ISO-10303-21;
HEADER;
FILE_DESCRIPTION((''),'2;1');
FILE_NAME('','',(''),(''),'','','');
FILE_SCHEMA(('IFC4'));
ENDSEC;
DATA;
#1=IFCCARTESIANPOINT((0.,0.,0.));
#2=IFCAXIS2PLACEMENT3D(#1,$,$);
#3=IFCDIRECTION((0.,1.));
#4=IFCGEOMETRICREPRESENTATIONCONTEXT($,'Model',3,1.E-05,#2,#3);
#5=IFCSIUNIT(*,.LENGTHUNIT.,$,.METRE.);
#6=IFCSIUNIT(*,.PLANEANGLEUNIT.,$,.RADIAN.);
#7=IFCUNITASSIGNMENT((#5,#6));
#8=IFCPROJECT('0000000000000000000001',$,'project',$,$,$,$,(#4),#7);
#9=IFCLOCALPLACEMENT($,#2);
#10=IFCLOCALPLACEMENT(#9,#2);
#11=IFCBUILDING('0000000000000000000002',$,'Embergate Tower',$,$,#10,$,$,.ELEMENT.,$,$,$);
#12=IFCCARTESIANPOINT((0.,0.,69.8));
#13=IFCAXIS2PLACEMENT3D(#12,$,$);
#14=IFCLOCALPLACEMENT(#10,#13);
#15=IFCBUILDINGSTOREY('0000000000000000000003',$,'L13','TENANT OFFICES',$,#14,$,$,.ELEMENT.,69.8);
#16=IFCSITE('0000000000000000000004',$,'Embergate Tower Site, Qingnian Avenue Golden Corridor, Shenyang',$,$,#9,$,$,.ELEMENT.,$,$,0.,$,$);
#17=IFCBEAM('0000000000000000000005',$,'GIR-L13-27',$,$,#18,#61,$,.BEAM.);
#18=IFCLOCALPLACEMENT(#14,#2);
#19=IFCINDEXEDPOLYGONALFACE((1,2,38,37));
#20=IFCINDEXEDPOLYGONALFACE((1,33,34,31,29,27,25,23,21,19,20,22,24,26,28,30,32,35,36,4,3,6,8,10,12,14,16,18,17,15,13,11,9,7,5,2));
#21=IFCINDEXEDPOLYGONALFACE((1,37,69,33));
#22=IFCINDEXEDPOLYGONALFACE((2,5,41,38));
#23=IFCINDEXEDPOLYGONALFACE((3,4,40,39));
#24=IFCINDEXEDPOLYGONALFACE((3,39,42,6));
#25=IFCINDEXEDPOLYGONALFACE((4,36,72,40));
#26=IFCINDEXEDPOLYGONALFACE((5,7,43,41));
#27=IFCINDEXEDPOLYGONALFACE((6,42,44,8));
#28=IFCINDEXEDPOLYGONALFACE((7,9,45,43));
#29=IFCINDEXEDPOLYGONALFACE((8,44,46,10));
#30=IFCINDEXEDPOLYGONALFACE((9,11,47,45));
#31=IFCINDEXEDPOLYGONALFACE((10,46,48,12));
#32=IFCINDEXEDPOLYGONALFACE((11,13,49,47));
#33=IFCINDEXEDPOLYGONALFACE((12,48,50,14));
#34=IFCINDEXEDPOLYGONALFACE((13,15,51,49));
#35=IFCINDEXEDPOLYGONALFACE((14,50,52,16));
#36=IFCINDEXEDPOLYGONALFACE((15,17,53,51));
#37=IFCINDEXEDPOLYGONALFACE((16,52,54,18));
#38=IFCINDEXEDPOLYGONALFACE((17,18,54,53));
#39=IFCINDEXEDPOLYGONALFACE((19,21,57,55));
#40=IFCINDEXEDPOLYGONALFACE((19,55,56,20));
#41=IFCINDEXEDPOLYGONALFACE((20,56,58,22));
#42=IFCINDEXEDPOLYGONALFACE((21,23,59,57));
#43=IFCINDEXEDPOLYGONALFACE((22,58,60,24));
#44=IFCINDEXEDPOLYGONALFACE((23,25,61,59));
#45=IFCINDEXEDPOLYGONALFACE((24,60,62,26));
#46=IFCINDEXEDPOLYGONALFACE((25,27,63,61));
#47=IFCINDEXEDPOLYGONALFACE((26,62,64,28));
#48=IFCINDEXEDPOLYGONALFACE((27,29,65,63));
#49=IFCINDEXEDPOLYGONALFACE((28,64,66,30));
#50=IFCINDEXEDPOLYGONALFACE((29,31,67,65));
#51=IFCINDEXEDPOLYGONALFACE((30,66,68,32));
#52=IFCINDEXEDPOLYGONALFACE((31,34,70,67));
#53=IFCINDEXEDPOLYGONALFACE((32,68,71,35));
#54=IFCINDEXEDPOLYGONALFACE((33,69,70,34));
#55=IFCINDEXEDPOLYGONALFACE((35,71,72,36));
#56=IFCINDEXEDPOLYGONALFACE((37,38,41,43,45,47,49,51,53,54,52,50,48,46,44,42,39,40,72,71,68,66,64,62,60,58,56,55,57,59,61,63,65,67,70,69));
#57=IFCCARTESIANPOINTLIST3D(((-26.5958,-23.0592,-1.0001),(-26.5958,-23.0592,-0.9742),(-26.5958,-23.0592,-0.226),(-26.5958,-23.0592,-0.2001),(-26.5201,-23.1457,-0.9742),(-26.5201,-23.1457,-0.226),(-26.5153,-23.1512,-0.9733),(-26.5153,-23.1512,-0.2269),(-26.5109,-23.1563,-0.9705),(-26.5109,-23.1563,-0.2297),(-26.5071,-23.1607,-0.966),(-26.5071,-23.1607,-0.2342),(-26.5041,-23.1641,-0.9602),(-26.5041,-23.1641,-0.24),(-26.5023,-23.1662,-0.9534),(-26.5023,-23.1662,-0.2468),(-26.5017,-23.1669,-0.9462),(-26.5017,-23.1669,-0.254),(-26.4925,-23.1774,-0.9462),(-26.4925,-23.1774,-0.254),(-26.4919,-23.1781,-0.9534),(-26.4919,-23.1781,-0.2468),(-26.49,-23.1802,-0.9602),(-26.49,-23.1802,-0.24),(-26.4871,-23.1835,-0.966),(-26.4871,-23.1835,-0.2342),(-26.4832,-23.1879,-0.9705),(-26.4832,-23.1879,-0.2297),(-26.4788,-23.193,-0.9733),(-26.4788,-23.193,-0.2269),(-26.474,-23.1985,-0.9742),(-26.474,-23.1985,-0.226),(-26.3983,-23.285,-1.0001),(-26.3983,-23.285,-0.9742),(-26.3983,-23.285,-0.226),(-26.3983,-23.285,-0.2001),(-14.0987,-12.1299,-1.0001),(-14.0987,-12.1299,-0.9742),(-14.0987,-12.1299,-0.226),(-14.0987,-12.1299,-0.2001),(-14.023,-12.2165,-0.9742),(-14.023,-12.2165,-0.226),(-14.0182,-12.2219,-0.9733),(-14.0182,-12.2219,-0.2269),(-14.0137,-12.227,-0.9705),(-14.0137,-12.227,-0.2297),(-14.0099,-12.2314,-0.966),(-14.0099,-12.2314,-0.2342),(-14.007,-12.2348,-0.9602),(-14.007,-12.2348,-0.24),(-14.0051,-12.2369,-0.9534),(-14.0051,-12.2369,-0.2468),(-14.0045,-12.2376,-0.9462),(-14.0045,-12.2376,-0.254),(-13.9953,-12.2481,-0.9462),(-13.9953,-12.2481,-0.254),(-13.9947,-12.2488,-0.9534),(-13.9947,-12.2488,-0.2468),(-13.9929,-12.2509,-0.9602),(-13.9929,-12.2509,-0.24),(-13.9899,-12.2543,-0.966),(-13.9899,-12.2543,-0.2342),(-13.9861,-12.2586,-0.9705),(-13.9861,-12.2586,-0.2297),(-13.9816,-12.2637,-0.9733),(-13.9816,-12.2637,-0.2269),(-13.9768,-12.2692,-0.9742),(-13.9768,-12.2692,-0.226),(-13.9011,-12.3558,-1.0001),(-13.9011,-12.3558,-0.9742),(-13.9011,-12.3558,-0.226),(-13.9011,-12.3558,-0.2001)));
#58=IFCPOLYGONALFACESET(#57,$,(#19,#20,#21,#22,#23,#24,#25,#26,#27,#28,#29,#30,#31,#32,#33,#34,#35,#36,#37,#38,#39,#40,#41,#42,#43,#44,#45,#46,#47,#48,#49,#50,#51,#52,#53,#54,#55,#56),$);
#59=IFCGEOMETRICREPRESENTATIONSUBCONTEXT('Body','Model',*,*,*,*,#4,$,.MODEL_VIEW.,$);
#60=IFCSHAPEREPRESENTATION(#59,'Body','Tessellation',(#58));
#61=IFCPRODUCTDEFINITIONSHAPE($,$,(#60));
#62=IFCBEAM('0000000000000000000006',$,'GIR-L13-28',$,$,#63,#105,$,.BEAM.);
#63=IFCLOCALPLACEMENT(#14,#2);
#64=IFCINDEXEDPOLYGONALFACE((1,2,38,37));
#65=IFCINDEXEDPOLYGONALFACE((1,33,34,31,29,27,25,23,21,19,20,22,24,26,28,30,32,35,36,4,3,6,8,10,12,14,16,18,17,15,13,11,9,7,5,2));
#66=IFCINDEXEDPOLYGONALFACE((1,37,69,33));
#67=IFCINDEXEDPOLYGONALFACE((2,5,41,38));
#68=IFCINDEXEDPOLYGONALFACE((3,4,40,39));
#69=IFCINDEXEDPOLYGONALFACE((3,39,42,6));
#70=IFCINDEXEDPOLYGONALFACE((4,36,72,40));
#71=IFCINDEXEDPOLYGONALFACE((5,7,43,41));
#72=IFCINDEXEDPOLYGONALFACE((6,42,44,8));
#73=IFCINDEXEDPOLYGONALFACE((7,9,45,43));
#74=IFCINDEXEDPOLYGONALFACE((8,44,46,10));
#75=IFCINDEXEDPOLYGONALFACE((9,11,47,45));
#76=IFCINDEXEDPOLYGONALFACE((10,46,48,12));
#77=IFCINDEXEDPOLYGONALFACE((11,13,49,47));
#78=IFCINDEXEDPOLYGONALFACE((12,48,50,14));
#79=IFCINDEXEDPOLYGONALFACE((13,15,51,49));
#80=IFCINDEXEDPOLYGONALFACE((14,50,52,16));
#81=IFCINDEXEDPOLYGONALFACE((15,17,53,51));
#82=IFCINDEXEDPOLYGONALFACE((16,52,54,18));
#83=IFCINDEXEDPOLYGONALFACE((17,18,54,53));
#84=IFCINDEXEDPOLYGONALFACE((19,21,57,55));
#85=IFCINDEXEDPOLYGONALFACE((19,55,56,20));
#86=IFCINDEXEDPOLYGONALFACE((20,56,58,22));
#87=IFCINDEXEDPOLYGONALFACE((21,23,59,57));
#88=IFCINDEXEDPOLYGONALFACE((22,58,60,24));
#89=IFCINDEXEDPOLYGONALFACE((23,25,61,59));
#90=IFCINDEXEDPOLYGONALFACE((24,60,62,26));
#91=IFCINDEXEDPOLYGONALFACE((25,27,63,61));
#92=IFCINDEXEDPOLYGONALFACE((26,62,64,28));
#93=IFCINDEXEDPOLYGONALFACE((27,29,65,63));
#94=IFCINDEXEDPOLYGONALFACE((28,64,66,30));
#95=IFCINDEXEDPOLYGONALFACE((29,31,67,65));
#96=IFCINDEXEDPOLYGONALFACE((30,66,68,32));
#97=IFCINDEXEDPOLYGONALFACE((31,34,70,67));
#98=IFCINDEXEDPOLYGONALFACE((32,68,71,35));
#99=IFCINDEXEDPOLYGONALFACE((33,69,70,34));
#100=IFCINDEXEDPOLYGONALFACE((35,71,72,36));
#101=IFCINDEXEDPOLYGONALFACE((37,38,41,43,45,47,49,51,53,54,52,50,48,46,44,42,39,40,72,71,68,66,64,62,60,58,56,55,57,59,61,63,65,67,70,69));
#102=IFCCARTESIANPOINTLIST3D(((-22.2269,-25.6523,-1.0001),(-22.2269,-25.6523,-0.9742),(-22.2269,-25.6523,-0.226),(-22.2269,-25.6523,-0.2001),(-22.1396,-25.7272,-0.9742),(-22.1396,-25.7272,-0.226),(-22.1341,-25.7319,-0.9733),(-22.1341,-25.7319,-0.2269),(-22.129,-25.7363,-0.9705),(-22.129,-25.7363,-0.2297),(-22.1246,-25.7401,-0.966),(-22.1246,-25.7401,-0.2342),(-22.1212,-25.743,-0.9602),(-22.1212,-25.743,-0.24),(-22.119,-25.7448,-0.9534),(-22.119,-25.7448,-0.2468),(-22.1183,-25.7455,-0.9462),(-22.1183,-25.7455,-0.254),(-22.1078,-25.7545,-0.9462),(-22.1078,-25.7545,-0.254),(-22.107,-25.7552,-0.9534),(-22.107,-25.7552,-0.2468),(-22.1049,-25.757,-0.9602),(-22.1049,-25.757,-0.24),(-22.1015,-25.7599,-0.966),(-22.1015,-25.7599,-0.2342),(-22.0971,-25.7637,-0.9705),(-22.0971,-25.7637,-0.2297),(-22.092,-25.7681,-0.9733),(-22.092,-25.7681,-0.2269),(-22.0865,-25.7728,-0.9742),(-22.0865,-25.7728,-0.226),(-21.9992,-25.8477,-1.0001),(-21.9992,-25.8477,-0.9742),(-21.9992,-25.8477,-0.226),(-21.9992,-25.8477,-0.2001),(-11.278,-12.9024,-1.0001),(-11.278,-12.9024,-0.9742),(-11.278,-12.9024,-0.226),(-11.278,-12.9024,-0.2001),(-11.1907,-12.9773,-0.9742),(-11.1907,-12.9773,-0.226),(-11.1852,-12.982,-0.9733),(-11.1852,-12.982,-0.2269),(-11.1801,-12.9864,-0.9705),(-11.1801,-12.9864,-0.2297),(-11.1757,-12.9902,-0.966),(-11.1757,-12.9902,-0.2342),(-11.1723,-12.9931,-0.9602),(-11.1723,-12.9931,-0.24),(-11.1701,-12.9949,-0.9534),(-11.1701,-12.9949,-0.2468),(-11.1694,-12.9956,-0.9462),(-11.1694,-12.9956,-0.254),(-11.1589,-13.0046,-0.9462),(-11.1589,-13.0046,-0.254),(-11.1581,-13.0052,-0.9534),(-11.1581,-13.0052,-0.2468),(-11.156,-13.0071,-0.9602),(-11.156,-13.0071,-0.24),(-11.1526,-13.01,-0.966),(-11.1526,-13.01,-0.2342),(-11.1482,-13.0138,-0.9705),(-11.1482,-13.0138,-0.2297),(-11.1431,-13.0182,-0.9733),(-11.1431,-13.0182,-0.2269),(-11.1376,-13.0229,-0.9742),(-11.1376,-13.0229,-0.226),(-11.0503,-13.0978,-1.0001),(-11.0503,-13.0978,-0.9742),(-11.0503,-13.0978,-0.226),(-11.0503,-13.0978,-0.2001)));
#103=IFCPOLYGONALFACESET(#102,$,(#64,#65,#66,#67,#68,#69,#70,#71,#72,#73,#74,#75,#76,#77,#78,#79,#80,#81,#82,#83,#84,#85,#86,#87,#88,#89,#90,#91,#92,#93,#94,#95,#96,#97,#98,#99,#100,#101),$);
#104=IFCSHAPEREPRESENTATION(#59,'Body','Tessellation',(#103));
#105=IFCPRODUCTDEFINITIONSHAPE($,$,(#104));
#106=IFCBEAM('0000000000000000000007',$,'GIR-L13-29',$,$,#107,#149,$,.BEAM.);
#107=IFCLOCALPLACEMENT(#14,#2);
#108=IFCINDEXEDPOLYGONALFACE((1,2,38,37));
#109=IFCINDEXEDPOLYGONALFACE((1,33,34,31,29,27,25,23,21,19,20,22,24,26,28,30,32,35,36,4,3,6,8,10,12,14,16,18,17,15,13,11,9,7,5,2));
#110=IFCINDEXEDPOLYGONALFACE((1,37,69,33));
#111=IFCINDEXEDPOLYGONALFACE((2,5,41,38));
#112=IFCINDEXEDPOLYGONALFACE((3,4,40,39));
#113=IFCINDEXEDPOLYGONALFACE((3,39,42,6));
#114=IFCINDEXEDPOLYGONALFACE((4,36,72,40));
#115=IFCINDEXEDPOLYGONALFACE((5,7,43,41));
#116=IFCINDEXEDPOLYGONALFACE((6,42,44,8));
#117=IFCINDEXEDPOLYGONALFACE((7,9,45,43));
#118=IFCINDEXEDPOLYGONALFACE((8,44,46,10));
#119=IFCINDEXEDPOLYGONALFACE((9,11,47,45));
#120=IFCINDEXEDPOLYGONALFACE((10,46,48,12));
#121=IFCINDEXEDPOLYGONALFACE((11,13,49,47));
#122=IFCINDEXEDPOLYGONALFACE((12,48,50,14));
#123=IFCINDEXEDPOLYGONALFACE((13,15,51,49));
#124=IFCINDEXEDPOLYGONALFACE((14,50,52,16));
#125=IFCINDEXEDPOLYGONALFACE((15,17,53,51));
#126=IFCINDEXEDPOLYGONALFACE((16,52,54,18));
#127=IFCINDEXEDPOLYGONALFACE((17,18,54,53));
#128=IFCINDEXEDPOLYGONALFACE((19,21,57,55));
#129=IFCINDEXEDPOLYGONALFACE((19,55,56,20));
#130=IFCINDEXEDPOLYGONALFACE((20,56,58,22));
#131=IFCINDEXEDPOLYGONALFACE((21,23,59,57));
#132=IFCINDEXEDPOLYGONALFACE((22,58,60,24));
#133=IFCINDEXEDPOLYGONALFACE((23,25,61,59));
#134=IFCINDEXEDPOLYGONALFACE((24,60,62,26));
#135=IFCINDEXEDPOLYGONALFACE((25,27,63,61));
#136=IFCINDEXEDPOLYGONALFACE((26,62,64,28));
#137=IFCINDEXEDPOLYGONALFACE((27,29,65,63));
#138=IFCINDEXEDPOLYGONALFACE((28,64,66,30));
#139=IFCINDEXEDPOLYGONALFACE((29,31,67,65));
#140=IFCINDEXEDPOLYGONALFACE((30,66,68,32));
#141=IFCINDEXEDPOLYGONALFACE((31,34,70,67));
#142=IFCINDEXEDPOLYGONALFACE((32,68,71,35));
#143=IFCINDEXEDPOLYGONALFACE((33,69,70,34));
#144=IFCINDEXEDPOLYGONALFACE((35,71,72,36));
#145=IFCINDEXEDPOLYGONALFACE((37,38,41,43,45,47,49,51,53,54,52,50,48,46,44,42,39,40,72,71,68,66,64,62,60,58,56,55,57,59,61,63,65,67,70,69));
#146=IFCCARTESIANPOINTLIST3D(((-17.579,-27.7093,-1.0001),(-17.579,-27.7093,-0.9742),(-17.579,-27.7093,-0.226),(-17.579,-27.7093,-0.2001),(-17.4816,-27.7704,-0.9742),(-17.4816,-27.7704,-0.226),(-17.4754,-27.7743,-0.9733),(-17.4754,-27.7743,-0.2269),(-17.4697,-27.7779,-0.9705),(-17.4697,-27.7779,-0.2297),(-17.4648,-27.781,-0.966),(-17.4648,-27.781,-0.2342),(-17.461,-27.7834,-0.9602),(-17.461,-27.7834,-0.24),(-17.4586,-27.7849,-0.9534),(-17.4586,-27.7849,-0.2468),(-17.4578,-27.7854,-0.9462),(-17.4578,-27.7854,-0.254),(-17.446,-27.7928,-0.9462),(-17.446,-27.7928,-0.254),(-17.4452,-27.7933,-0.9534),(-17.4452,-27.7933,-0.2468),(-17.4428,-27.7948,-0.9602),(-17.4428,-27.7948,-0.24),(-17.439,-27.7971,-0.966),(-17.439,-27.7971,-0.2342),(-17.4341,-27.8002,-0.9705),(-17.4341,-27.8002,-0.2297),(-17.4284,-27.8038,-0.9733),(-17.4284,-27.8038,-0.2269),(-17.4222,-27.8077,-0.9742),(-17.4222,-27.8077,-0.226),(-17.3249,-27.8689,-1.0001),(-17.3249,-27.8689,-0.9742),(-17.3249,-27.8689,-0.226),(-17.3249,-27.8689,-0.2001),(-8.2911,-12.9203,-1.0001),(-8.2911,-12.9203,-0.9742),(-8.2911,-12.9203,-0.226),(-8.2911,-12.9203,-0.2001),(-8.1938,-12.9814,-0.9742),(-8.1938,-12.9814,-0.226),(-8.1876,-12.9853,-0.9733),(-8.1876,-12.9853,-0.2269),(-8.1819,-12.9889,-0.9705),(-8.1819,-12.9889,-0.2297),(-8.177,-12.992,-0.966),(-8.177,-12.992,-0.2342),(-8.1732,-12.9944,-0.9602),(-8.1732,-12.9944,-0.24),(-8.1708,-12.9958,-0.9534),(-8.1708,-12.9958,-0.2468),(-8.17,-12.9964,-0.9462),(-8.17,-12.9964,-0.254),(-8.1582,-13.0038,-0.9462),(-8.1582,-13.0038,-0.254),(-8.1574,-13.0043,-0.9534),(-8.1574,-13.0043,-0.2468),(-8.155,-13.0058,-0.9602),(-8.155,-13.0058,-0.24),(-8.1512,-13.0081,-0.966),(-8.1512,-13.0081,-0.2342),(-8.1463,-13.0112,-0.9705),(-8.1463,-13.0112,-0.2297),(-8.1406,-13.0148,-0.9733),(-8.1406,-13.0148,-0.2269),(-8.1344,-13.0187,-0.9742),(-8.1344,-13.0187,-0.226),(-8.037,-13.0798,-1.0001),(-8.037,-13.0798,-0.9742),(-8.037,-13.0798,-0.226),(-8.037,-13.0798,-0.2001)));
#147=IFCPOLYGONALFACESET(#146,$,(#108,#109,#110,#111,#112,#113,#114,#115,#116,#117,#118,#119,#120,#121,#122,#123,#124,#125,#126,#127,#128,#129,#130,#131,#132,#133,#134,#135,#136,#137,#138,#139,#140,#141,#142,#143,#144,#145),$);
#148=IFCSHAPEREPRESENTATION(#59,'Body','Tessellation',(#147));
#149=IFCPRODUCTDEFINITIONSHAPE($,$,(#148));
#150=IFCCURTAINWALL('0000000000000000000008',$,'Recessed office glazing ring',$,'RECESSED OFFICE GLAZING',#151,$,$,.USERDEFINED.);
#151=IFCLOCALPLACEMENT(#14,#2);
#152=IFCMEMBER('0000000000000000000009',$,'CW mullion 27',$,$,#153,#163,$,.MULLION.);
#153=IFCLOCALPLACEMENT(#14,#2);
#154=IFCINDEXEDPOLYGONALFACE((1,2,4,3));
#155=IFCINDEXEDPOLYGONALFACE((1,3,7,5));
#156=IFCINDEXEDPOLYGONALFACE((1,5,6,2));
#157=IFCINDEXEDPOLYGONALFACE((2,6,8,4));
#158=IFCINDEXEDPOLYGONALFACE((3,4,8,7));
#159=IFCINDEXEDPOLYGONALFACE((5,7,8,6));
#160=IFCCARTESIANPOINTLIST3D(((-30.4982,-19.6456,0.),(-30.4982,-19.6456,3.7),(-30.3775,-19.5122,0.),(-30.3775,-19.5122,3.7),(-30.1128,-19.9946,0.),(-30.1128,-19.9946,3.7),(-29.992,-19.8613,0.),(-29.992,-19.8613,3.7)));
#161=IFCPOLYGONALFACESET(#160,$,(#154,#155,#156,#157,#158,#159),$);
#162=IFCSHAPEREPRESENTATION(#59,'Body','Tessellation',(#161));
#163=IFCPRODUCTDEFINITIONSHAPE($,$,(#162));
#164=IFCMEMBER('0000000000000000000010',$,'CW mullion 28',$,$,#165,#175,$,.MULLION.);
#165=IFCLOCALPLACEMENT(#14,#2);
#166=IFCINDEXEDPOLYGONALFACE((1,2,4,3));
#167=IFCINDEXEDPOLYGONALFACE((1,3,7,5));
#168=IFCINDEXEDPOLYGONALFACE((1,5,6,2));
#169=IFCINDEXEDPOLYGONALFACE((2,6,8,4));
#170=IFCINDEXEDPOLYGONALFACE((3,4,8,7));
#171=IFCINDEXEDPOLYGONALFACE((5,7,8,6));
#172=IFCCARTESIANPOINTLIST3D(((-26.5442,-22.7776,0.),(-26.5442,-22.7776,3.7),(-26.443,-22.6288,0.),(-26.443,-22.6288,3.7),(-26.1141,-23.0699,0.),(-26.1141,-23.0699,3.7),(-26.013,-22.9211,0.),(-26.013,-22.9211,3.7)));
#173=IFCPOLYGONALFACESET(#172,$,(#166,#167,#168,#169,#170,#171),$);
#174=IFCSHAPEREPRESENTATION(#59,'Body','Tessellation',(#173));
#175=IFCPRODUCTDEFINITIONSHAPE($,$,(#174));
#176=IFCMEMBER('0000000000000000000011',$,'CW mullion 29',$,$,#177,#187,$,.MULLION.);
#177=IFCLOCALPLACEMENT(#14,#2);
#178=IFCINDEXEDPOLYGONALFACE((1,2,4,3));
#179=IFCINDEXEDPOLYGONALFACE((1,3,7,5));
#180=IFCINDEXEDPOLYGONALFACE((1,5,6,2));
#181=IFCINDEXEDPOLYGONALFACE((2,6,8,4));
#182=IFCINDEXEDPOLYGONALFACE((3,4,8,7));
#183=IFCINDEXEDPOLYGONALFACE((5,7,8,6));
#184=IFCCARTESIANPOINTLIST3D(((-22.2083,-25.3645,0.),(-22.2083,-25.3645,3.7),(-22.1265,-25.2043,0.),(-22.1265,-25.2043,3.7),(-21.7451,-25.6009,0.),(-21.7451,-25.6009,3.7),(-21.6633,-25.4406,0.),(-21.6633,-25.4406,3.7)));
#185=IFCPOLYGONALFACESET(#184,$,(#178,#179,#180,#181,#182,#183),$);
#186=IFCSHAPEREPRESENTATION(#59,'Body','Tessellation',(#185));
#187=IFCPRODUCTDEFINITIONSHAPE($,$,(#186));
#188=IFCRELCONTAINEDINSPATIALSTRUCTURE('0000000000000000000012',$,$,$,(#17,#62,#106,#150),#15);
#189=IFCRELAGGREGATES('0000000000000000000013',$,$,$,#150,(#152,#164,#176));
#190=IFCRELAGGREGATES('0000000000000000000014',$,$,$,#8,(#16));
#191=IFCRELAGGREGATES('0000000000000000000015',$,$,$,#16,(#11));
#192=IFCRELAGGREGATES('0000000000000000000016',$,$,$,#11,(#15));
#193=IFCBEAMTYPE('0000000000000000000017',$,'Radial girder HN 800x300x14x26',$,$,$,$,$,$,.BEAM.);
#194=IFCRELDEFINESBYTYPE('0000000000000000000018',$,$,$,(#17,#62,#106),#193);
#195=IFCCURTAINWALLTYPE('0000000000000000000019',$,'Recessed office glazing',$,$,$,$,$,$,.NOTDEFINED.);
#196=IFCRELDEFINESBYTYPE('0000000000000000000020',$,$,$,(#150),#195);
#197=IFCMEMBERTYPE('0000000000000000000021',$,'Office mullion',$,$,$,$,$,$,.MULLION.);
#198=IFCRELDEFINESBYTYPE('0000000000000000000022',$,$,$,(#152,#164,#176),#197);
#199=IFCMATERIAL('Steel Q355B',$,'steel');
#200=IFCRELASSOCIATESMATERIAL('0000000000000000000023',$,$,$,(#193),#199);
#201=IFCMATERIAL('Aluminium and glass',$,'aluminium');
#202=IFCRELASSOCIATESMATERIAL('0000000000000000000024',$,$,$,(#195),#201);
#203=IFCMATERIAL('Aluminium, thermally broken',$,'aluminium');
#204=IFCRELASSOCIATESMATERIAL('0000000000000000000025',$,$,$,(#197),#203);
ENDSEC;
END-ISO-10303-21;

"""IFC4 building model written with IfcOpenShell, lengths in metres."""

from ifc_helpers import new_model, si_unit, direction, frame, origin, origin_2d, place, context, subcontext, project, spatial, rectangle, i_section, extrude, source, transform, mapped, material, material_profile, profile_set, type_object, element, aggregate, save


model = new_model("IFC4")

# Units and contexts
model_context = context("Model", 3, precision=1e-05, world=origin(), true_north=direction((0.0, 1.0)))
body_context = subcontext(model_context, "Body", "Model", "MODEL_VIEW")
ifc_project = project(units=[si_unit("LENGTHUNIT", "METRE"), si_unit("PLANEANGLEUNIT", "RADIAN")], contexts=[model_context])

# Site, building, storey
site_placement = place(None, origin())
site = spatial("IfcSite", under=ifc_project, at=site_placement, Name="Embergate Tower Site, Qingnian Avenue Golden Corridor, Shenyang", CompositionType="ELEMENT", RefElevation=0.0)
building_placement = place(site_placement, origin())
building = spatial("IfcBuilding", under=site, at=building_placement, Name="Embergate Tower", CompositionType="ELEMENT")
storey_placement = place(building_placement, frame((0.0, 0.0, 69.8)))
storey = spatial("IfcBuildingStorey", under=building, at=storey_placement, Name="L13", Description="TENANT OFFICES", CompositionType="ELEMENT", Elevation=69.8)

# Beams
ifc_material_1 = material(Name="Steel Q355B", Category="steel")
ifc_material_profile_1 = material_profile(ifc_material_1, i_section(OverallWidth=0.3, OverallDepth=0.8, WebThickness=0.0139, FlangeThickness=0.0259, FilletRadius=0.0281, at=origin_2d()), Name="HN 800x300x14x26")
ifc_profile_set_1 = profile_set([ifc_material_profile_1], Name="Steel Q355 grade B")
beam_type_1 = type_object("IfcBeamType", Name="Radial girder HN 800x300x14x26", PredefinedType="BEAM", material=ifc_profile_set_1)
shared_shape_1 = source(origin(), body_context, "Body", "SweptSolid", [
    extrude(i_section(OverallWidth=0.3, OverallDepth=0.8, WebThickness=0.0139, FlangeThickness=0.0259, FilletRadius=0.0281, at=origin_2d()), origin(), (0.0, 0.0, 1.0), 16.6021),
])
beam_1_placement = place(storey_placement, frame((-26.4971, -23.1721, -0.6001), z_axis=(0.752748, 0.658309, 0.0), x_axis=(-0.658309, 0.752748, 0.0)))
element("IfcBeam", 1, at=beam_1_placement, inside=storey, type_object=beam_type_1, Name="GIR-L13-27", PredefinedType="BEAM", context=body_context, shape_type="MappedRepresentation", body=[
    mapped(shared_shape_1, transform((0.0, 0.0, 0.0))),
])
shared_shape_2 = source(origin(), body_context, "Body", "SweptSolid", [
    extrude(i_section(OverallWidth=0.3, OverallDepth=0.8, WebThickness=0.0139, FlangeThickness=0.0259, FilletRadius=0.0281, at=origin_2d()), origin(), (0.0, 0.0, 1.0), 16.8059),
])
beam_2_placement = place(storey_placement, frame((-22.113, -25.75, -0.6001), z_axis=(0.651491, 0.758656, 0.0), x_axis=(-0.758656, 0.651491, 0.0)))
element("IfcBeam", 2, at=beam_2_placement, inside=storey, type_object=beam_type_1, Name="GIR-L13-28", PredefinedType="BEAM", context=body_context, shape_type="MappedRepresentation", body=[
    mapped(shared_shape_2, transform((0.0, 0.0, 0.0))),
])
shared_shape_3 = source(origin(), body_context, "Body", "SweptSolid", [
    extrude(i_section(OverallWidth=0.3, OverallDepth=0.8, WebThickness=0.0139, FlangeThickness=0.0259, FilletRadius=0.0281, at=origin_2d()), origin(), (0.0, 0.0, 1.0), 17.4636),
])
beam_3_placement = place(storey_placement, frame((-17.4519, -27.7891, -0.6001), z_axis=(0.531837, 0.846847, 0.0), x_axis=(-0.846847, 0.531837, 0.0)))
element("IfcBeam", 3, at=beam_3_placement, inside=storey, type_object=beam_type_1, Name="GIR-L13-29", PredefinedType="BEAM", context=body_context, shape_type="MappedRepresentation", body=[
    mapped(shared_shape_3, transform((0.0, 0.0, 0.0))),
])

# Curtain wall, members
ifc_material_2 = material(Name="Aluminium and glass", Category="aluminium")
curtain_wall_type = type_object("IfcCurtainWallType", Name="Recessed office glazing", PredefinedType="NOTDEFINED", material=ifc_material_2)
curtain_wall_placement = place(storey_placement, origin())
curtain_wall = element("IfcCurtainWall", 4, at=curtain_wall_placement, inside=storey, type_object=curtain_wall_type, Name="Recessed office glazing ring", ObjectType="RECESSED OFFICE GLAZING", PredefinedType="USERDEFINED")
ifc_material_3 = material(Name="Aluminium, thermally broken", Category="aluminium")
ifc_material_profile_2 = material_profile(ifc_material_3, rectangle(XDim=0.1799, YDim=0.52, at=origin_2d()), Name="AL 520x180")
ifc_profile_set_2 = profile_set([ifc_material_profile_2], Name="Aluminium, thermally broken")
member_type_1 = type_object("IfcMemberType", Name="Office mullion", PredefinedType="MULLION", material=ifc_profile_set_2)
shared_shape_4 = source(origin(), body_context, "Body", "SweptSolid", [
    extrude(rectangle(XDim=0.1799, YDim=0.52, at=origin_2d()), origin(), (0.0, 0.0, 1.0), 3.7),
])
member_1_placement = place(storey_placement, frame((-30.2451, -19.7534, 0.0), z_axis=(0.0, 0.0, 1.0), x_axis=(0.671234, 0.741245, 0.0)))
member_1 = element("IfcMember", 5, at=member_1_placement, type_object=member_type_1, Name="CW mullion 27", PredefinedType="MULLION", context=body_context, shape_type="MappedRepresentation", body=[
    mapped(shared_shape_4, transform((0.0, 0.0, 0.0))),
])
member_2_placement = place(storey_placement, frame((-26.2786, -22.8494, 0.0), z_axis=(0.0, 0.0, 1.0), x_axis=(0.562223, 0.826985, 0.0)))
member_2 = element("IfcMember", 6, at=member_2_placement, type_object=member_type_1, Name="CW mullion 28", PredefinedType="MULLION", context=body_context, shape_type="MappedRepresentation", body=[
    mapped(shared_shape_4, transform((0.0, 0.0, 0.0))),
])
member_3_placement = place(storey_placement, frame((-21.9358, -25.4026, 0.0), z_axis=(0.0, 0.0, 1.0), x_axis=(0.454516, 0.890739, 0.0)))
member_3 = element("IfcMember", 7, at=member_3_placement, type_object=member_type_1, Name="CW mullion 29", PredefinedType="MULLION", context=body_context, shape_type="MappedRepresentation", body=[
    mapped(shared_shape_4, transform((0.0, 0.0, 0.0))),
])
aggregate(curtain_wall, [member_1, member_2, member_3])

save(model, "model.ifc")
